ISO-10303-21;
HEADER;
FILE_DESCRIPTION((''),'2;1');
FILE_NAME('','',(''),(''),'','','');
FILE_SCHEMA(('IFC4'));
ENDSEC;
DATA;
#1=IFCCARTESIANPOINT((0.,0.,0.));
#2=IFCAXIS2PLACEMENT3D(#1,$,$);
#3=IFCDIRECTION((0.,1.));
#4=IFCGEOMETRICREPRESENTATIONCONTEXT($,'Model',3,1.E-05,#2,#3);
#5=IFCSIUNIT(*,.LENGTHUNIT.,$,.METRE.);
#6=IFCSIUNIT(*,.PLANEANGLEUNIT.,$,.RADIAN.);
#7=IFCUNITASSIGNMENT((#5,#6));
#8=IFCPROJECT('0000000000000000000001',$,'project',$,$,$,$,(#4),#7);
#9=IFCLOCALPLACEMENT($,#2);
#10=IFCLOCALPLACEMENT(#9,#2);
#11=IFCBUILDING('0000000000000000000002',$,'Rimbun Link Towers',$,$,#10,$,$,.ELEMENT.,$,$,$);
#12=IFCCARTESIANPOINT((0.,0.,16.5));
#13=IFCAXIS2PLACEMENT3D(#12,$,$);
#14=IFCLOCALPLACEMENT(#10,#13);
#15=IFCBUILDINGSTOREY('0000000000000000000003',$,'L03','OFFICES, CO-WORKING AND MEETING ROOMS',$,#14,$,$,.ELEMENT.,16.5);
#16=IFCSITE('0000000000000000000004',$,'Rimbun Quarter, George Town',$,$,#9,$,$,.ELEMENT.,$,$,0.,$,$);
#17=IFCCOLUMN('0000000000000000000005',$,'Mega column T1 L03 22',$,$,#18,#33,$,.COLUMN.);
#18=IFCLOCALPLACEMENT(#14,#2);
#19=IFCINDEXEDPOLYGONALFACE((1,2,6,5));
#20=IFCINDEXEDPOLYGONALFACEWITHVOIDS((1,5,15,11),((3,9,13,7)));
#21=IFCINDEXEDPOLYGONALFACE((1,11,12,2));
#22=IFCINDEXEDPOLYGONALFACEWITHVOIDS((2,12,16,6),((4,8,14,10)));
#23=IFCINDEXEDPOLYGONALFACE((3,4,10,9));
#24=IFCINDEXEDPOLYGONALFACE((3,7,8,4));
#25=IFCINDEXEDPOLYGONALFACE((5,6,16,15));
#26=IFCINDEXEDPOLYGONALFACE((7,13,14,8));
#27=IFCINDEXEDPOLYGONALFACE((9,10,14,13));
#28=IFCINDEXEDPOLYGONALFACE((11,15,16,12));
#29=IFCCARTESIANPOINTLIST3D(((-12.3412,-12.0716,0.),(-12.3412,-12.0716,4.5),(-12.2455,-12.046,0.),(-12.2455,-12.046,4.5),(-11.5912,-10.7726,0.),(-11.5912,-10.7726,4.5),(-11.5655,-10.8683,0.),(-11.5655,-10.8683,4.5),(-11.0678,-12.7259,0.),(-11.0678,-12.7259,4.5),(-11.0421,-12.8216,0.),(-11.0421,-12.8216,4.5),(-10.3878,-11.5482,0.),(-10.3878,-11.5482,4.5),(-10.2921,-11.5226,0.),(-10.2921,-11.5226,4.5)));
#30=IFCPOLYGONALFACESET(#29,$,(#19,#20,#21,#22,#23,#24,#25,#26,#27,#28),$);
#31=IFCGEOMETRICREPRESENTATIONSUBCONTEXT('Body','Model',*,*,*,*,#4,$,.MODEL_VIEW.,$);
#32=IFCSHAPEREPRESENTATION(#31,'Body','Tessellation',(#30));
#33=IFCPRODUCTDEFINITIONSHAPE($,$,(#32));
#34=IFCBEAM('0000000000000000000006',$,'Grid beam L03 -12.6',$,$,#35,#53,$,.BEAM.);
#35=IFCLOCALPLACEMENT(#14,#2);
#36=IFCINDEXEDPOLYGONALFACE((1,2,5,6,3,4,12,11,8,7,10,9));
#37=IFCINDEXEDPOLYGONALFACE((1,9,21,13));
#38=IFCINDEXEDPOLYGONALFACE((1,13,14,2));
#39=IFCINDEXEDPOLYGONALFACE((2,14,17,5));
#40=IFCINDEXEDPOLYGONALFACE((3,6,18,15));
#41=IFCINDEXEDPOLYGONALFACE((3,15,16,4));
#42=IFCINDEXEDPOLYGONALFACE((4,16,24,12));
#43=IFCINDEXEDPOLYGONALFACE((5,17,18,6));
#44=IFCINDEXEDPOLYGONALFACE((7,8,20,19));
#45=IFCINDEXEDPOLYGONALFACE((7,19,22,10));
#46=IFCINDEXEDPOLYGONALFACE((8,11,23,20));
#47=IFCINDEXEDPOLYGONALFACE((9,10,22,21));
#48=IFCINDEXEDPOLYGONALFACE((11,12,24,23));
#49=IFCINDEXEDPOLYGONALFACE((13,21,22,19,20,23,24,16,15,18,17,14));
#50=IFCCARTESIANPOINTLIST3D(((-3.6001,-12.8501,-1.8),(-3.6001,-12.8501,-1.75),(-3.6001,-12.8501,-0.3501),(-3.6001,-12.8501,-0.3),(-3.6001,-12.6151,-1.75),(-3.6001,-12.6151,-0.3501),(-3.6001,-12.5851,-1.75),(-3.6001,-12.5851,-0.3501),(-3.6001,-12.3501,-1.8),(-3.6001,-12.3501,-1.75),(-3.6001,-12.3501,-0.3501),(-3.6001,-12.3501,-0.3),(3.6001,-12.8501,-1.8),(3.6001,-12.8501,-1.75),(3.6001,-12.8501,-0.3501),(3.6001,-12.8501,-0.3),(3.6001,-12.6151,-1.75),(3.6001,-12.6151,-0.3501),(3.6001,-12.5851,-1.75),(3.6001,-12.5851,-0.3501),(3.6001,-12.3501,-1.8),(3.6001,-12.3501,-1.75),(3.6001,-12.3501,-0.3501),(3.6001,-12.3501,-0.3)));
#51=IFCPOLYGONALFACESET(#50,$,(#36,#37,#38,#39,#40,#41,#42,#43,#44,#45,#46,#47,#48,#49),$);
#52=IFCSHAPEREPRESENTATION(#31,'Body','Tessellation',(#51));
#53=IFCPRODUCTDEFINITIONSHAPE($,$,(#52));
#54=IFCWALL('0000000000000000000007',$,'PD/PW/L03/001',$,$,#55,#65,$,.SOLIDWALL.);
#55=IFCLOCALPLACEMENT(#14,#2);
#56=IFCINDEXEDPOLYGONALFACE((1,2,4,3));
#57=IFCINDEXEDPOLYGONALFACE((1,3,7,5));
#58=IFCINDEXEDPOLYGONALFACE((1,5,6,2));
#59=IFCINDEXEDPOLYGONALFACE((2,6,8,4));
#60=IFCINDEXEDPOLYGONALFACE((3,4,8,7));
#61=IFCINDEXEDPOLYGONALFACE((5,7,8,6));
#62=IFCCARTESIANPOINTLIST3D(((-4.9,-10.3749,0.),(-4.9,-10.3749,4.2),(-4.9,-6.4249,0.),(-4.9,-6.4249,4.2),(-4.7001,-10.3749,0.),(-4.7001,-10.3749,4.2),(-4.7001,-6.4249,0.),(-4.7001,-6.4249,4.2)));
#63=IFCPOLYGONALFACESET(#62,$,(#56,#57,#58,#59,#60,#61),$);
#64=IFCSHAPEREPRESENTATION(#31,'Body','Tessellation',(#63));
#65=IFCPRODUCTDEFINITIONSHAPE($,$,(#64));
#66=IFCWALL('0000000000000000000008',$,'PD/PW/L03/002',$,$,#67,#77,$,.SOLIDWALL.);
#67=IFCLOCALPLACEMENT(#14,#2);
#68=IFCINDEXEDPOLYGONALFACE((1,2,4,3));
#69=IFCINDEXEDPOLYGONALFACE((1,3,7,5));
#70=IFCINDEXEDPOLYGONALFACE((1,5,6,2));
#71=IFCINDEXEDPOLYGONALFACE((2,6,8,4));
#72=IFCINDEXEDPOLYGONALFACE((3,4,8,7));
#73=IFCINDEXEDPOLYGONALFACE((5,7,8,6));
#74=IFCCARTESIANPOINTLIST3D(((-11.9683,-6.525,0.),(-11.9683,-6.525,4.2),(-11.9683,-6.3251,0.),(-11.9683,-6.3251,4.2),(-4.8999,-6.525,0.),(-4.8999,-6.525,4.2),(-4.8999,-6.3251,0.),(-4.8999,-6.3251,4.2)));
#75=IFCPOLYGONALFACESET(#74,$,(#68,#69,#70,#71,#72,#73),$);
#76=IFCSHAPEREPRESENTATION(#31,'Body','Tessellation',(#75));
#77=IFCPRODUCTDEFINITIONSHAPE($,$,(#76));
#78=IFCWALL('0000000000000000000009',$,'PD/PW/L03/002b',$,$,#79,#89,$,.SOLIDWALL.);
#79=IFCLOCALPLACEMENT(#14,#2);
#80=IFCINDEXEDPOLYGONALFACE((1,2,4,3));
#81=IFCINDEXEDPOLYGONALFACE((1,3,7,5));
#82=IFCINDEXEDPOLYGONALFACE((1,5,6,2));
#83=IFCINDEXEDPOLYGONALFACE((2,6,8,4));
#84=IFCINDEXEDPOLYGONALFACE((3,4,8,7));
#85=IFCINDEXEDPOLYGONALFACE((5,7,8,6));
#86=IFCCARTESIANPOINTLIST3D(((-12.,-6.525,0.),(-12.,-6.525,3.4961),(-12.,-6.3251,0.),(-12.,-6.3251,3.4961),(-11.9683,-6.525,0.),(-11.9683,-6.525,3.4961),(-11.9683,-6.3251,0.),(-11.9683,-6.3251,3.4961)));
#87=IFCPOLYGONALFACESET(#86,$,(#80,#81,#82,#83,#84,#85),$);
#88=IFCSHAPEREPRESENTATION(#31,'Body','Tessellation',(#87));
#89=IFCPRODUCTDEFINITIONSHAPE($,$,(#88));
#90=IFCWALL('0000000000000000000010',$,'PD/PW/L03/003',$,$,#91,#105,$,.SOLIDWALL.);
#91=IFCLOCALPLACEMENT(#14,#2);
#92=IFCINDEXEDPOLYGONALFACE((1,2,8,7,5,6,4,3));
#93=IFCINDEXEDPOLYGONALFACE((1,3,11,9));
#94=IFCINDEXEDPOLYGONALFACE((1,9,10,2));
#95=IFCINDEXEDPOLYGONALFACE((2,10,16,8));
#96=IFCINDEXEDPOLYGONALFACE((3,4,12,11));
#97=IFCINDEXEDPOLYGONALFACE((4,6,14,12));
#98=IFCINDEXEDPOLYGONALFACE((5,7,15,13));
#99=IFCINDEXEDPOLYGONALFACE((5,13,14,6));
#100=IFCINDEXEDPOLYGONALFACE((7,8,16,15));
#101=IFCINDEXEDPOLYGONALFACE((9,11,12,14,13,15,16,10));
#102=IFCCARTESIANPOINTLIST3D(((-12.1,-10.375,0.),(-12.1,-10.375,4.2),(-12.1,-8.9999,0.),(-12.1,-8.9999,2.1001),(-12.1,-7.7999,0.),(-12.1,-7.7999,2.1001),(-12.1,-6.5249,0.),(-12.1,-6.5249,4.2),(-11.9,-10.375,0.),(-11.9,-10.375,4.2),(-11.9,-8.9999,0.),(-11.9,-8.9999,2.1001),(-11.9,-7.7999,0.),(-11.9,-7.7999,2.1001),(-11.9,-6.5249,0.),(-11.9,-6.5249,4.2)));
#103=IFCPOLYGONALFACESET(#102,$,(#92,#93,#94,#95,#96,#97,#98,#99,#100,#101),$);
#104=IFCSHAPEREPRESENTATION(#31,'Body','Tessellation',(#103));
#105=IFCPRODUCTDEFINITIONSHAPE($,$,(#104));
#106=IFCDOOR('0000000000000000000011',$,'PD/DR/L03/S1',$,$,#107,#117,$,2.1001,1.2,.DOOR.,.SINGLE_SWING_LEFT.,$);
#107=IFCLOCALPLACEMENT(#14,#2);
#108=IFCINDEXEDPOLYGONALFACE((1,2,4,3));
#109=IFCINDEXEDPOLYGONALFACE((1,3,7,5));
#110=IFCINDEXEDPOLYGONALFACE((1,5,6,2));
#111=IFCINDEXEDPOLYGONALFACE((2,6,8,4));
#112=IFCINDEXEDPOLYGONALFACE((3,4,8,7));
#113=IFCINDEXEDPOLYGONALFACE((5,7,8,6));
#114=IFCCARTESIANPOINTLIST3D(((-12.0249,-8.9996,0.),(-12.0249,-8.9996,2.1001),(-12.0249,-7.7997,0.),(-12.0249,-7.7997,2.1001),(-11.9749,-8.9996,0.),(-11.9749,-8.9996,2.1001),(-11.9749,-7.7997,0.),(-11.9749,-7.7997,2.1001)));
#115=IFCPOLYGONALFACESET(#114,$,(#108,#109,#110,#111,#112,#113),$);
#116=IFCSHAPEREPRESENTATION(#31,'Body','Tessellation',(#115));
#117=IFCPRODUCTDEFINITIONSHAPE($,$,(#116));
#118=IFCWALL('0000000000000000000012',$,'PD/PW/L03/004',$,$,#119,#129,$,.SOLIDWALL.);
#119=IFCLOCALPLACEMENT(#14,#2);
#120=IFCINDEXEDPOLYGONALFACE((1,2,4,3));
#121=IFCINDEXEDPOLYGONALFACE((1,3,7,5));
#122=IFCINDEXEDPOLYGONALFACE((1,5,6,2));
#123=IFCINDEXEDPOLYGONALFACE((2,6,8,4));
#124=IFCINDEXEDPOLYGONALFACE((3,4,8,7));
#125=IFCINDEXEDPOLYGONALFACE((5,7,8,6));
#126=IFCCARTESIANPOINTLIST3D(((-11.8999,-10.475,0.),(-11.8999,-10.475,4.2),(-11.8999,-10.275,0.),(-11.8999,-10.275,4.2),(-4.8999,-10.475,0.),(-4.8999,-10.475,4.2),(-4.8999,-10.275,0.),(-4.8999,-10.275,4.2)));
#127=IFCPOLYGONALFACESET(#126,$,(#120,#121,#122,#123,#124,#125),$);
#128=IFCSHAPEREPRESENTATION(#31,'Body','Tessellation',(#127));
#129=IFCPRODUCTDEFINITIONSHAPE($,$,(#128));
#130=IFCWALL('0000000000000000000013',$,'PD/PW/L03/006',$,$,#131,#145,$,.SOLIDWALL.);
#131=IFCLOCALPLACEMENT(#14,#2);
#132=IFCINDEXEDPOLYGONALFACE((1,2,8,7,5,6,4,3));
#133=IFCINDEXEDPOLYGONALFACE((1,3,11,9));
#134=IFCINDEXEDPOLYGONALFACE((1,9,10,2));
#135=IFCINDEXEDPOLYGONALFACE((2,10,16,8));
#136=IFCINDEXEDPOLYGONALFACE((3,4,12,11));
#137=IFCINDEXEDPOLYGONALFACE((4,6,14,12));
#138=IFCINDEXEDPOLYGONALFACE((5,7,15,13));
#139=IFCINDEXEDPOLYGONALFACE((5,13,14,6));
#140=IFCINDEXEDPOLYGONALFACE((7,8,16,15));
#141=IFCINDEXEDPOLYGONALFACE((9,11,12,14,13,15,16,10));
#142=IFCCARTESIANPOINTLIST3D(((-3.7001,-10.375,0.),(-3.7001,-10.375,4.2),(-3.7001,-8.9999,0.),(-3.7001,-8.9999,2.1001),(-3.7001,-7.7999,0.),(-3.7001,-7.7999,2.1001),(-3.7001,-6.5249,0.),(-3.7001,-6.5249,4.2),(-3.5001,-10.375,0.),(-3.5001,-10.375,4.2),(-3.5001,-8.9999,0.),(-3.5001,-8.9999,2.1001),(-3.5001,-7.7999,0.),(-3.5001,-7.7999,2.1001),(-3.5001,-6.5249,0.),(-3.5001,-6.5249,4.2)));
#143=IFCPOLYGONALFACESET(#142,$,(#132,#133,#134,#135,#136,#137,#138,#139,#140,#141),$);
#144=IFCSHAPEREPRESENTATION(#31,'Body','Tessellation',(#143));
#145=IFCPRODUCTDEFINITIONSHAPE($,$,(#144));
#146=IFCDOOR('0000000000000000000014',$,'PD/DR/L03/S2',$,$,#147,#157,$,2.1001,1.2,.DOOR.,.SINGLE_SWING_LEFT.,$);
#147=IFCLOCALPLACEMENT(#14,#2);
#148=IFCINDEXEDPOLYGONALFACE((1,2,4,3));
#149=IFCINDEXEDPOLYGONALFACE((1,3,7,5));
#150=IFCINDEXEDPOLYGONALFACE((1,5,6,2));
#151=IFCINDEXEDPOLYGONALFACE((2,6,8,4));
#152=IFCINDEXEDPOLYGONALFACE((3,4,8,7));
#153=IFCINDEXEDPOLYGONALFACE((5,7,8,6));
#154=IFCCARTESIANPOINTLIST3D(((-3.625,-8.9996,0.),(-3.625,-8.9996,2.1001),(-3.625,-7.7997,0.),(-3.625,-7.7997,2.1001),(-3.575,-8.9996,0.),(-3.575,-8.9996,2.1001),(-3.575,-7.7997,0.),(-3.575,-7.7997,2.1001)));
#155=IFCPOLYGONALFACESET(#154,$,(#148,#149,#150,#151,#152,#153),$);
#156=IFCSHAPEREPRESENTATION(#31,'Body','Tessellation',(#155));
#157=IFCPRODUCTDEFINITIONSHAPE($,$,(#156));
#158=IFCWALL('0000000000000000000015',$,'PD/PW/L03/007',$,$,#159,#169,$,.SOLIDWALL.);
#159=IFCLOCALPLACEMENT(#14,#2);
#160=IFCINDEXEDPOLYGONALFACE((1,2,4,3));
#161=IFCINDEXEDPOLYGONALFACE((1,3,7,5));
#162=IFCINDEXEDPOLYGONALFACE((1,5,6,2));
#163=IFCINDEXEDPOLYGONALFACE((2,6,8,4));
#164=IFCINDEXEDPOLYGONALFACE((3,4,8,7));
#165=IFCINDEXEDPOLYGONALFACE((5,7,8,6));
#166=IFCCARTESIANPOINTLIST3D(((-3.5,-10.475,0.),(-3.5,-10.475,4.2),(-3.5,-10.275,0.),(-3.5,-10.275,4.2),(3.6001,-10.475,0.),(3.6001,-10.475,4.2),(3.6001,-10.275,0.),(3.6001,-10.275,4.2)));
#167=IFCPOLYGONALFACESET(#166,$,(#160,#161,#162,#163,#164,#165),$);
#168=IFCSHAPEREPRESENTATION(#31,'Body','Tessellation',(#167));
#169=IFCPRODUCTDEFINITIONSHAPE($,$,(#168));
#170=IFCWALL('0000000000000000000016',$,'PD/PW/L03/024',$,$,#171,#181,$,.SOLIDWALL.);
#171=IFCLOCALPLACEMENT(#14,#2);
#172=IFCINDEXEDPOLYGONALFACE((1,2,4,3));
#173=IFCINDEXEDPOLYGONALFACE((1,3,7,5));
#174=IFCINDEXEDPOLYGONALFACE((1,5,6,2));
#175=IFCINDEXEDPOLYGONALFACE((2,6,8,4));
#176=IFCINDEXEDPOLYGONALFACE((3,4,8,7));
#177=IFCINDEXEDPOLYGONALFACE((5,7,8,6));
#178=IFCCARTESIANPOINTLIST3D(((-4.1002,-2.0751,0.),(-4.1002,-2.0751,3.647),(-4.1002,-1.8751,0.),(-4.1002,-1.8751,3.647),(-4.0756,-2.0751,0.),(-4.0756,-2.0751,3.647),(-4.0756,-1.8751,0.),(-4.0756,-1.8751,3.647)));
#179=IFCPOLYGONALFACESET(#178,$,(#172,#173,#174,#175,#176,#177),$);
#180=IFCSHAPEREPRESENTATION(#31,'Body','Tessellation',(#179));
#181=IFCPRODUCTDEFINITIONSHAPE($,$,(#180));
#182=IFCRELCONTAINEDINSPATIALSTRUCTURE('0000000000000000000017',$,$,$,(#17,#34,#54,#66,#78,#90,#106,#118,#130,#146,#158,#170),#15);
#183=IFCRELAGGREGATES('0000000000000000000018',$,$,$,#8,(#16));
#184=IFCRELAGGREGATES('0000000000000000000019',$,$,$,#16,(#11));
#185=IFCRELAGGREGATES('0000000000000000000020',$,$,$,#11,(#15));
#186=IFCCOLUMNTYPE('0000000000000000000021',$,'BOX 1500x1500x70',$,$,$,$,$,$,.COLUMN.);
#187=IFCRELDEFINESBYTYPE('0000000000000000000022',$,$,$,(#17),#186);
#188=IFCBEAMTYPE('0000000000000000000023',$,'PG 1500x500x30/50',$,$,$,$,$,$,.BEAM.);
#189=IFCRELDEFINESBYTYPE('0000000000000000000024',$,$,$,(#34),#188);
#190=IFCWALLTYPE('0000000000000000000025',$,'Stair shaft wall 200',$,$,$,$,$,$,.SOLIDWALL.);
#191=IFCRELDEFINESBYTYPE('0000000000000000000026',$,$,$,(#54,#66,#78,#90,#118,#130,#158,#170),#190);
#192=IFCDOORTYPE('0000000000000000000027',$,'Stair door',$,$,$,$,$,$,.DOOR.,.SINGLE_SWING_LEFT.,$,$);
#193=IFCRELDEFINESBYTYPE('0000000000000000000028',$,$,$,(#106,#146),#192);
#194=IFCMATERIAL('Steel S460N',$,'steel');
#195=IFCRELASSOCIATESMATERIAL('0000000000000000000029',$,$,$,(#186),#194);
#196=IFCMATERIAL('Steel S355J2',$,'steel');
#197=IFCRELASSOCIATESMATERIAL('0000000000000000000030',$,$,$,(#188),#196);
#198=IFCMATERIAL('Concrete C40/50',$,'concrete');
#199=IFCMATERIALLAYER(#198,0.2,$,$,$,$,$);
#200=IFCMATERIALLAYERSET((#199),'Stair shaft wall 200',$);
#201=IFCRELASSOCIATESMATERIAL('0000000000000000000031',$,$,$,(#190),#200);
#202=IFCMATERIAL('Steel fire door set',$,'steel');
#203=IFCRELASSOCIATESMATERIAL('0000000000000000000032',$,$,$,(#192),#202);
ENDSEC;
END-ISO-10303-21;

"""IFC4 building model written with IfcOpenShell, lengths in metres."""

from ifc_helpers import new_model, si_unit, direction, frame, frame_2d, origin, origin_2d, place, context, subcontext, project, spatial, rectangle, hollow_rectangle, i_section, extrude, material, layer, layer_set, material_profile, profile_set, type_object, element, fill, save


model = new_model("IFC4")

# Units and contexts
model_context = context("Model", 3, precision=1e-05, world=origin(), true_north=direction((0.0, 1.0)))
body_context = subcontext(model_context, "Body", "Model", "MODEL_VIEW")
ifc_project = project(units=[si_unit("LENGTHUNIT", "METRE"), si_unit("PLANEANGLEUNIT", "RADIAN")], contexts=[model_context])

# Site, building, storey
site_placement = place(None, origin())
site = spatial("IfcSite", under=ifc_project, at=site_placement, Name="Rimbun Quarter, George Town", CompositionType="ELEMENT", RefElevation=0.0)
building_placement = place(site_placement, origin())
building = spatial("IfcBuilding", under=site, at=building_placement, Name="Rimbun Link Towers", CompositionType="ELEMENT")
storey_placement = place(building_placement, frame((0.0, 0.0, 16.5)))
storey = spatial("IfcBuildingStorey", under=building, at=storey_placement, Name="L03", Description="OFFICES, CO-WORKING AND MEETING ROOMS", CompositionType="ELEMENT", Elevation=16.5)

# Column
ifc_material_1 = material(Name="Steel S460N", Category="steel")
ifc_material_profile_1 = material_profile(ifc_material_1, hollow_rectangle(XDim=1.5, YDim=1.5, WallThickness=0.0701, at=origin_2d()), Name="BOX 1500x1500x70")
ifc_profile_set_1 = profile_set([ifc_material_profile_1], Name="Steel S460N")
column_type = type_object("IfcColumnType", Name="BOX 1500x1500x70", PredefinedType="COLUMN", material=ifc_profile_set_1)
column_placement = place(storey_placement, frame((-11.3167, -11.7971, 0.0), z_axis=(0.0, 0.0, 1.0), x_axis=(0.866025, -0.5, 0.0)))
element("IfcColumn", 1, at=column_placement, inside=storey, type_object=column_type, Name="Mega column T1 L03 22", PredefinedType="COLUMN", context=body_context, shape_type="SweptSolid", body=[
    extrude(hollow_rectangle(XDim=1.5, YDim=1.5, WallThickness=0.0701, at=origin_2d()), origin(), (0.0, 0.0, 1.0), 4.5),
])

# Beam
ifc_material_2 = material(Name="Steel S355J2", Category="steel")
ifc_material_profile_2 = material_profile(ifc_material_2, i_section(OverallWidth=0.5, OverallDepth=1.5, WebThickness=0.03, FlangeThickness=0.05, at=origin_2d()), Name="PG 1500x500x30/50")
ifc_profile_set_2 = profile_set([ifc_material_profile_2], Name="Steel S355J2")
beam_type = type_object("IfcBeamType", Name="PG 1500x500x30/50", PredefinedType="BEAM", material=ifc_profile_set_2)
beam_placement = place(storey_placement, frame((-3.6001, -12.6001, -1.05), z_axis=(1.0, 0.0, 0.0), x_axis=(0.0, 1.0, 0.0)))
element("IfcBeam", 2, at=beam_placement, inside=storey, type_object=beam_type, Name="Grid beam L03 -12.6", PredefinedType="BEAM", context=body_context, shape_type="SweptSolid", body=[
    extrude(i_section(OverallWidth=0.5, OverallDepth=1.5, WebThickness=0.03, FlangeThickness=0.05, at=origin_2d()), origin(), (0.0, 0.0, 1.0), 7.2002),
])

# Walls
ifc_material_3 = material(Name="Concrete C40/50", Category="concrete")
ifc_layer = layer(ifc_material_3, 0.2)
ifc_layer_set = layer_set([ifc_layer], Name="Stair shaft wall 200")
wall_type = type_object("IfcWallType", Name="Stair shaft wall 200", PredefinedType="SOLIDWALL", material=ifc_layer_set)
wall_1_placement = place(storey_placement, frame((-4.8, -10.375, 0.0), z_axis=(0.0, 0.0, 1.0), x_axis=(0.0, 1.0, 0.0)))
element("IfcWall", 3, at=wall_1_placement, inside=storey, type_object=wall_type, Name="PD/PW/L03/001", PredefinedType="SOLIDWALL", context=body_context, shape_type="SweptSolid", body=[
    extrude(rectangle(XDim=3.95, YDim=0.2, at=frame_2d((1.9751, 0.0))), origin(), (0.0, 0.0, 1.0), 4.2),
])
wall_2_placement = place(storey_placement, frame((-4.8999, -6.425, 0.0), z_axis=(0.0, 0.0, 1.0), x_axis=(-1.0, 0.0, 0.0)))
element("IfcWall", 4, at=wall_2_placement, inside=storey, type_object=wall_type, Name="PD/PW/L03/002", PredefinedType="SOLIDWALL", context=body_context, shape_type="SweptSolid", body=[
    extrude(rectangle(XDim=7.0684, YDim=0.2, at=frame_2d((3.5342, 0.0))), origin(), (0.0, 0.0, 1.0), 4.2),
])
wall_3_placement = place(storey_placement, frame((-11.9683, -6.425, 0.0), z_axis=(0.0, 0.0, 1.0), x_axis=(-1.0, 0.0, 0.0)))
element("IfcWall", 5, at=wall_3_placement, inside=storey, type_object=wall_type, Name="PD/PW/L03/002b", PredefinedType="SOLIDWALL", context=body_context, shape_type="SweptSolid", body=[
    extrude(rectangle(XDim=0.0317, YDim=0.2, at=frame_2d((0.0159, 0.0))), origin(), (0.0, 0.0, 1.0), 3.4961),
])

# Wall, opening, door
wall_4_placement = place(storey_placement, frame((-12.0, -6.5249, 0.0), z_axis=(0.0, 0.0, 1.0), x_axis=(0.0, -1.0, 0.0)))
wall_4 = element("IfcWall", 6, at=wall_4_placement, inside=storey, type_object=wall_type, Name="PD/PW/L03/003", PredefinedType="SOLIDWALL", context=body_context, shape_type="SweptSolid", body=[
    extrude(rectangle(XDim=3.8501, YDim=0.2, at=frame_2d((1.925, 0.0))), origin(), (0.0, 0.0, 1.0), 4.2),
])
opening_1_placement = place(wall_4_placement, frame((1.2749, 0.0, 0.0)))
opening_1 = element("IfcOpeningElement", 7, at=opening_1_placement, cuts=wall_4, PredefinedType="OPENING", context=body_context, shape_type="SweptSolid", body=[
    extrude(rectangle(XDim=1.2, YDim=2.1001, at=frame_2d((0.6001, 1.05))), frame((0.0, 0.1099, 0.0), z_axis=(0.0, -1.0, 0.0), x_axis=(1.0, 0.0, 0.0)), (0.0, 0.0, 1.0), 0.22),
])
ifc_material_4 = material(Name="Steel fire door set", Category="steel")
door_type = type_object("IfcDoorType", Name="Stair door", OperationType="SINGLE_SWING_LEFT", PredefinedType="DOOR", material=ifc_material_4)
door_1_placement = place(opening_1_placement, frame((1.2, 0.0, 0.0), z_axis=(0.0, 0.0, 1.0), x_axis=(-1.0, 0.0, 0.0)))
door_1 = element("IfcDoor", 8, at=door_1_placement, inside=storey, type_object=door_type, Name="PD/DR/L03/S1", OperationType="SINGLE_SWING_LEFT", OverallHeight=2.1001, OverallWidth=1.2, PredefinedType="DOOR", context=body_context, shape_type="SweptSolid", body=[
    extrude(rectangle(XDim=1.2, YDim=2.1001, at=frame_2d((0.6001, 1.05))), frame((0.0, 0.0249, 0.0), z_axis=(0.0, -1.0, 0.0), x_axis=(1.0, 0.0, 0.0)), (0.0, 0.0, 1.0), 0.05),
])
fill(opening_1, door_1)

# Wall
wall_5_placement = place(storey_placement, frame((-11.8999, -10.375, 0.0), z_axis=(0.0, 0.0, 1.0), x_axis=(1.0, 0.0, 0.0)))
element("IfcWall", 9, at=wall_5_placement, inside=storey, type_object=wall_type, Name="PD/PW/L03/004", PredefinedType="SOLIDWALL", context=body_context, shape_type="SweptSolid", body=[
    extrude(rectangle(XDim=7.0, YDim=0.2, at=frame_2d((3.5, 0.0))), origin(), (0.0, 0.0, 1.0), 4.2),
])

# Wall, opening, door
wall_6_placement = place(storey_placement, frame((-3.6001, -6.5249, 0.0), z_axis=(0.0, 0.0, 1.0), x_axis=(0.0, -1.0, 0.0)))
wall_6 = element("IfcWall", 10, at=wall_6_placement, inside=storey, type_object=wall_type, Name="PD/PW/L03/006", PredefinedType="SOLIDWALL", context=body_context, shape_type="SweptSolid", body=[
    extrude(rectangle(XDim=3.8501, YDim=0.2, at=frame_2d((1.925, 0.0))), origin(), (0.0, 0.0, 1.0), 4.2),
])
opening_2_placement = place(wall_6_placement, frame((1.2749, 0.0, 0.0)))
opening_2 = element("IfcOpeningElement", 11, at=opening_2_placement, cuts=wall_6, PredefinedType="OPENING", context=body_context, shape_type="SweptSolid", body=[
    extrude(rectangle(XDim=1.2, YDim=2.1001, at=frame_2d((0.6001, 1.05))), frame((0.0, 0.1099, 0.0), z_axis=(0.0, -1.0, 0.0), x_axis=(1.0, 0.0, 0.0)), (0.0, 0.0, 1.0), 0.22),
])
door_2_placement = place(opening_2_placement, frame((1.2, 0.0, 0.0), z_axis=(0.0, 0.0, 1.0), x_axis=(-1.0, 0.0, 0.0)))
door_2 = element("IfcDoor", 12, at=door_2_placement, inside=storey, type_object=door_type, Name="PD/DR/L03/S2", OperationType="SINGLE_SWING_LEFT", OverallHeight=2.1001, OverallWidth=1.2, PredefinedType="DOOR", context=body_context, shape_type="SweptSolid", body=[
    extrude(rectangle(XDim=1.2, YDim=2.1001, at=frame_2d((0.6001, 1.05))), frame((0.0, 0.0249, 0.0), z_axis=(0.0, -1.0, 0.0), x_axis=(1.0, 0.0, 0.0)), (0.0, 0.0, 1.0), 0.05),
])
fill(opening_2, door_2)

# Walls
wall_7_placement = place(storey_placement, frame((-3.5, -10.375, 0.0), z_axis=(0.0, 0.0, 1.0), x_axis=(1.0, 0.0, 0.0)))
element("IfcWall", 13, at=wall_7_placement, inside=storey, type_object=wall_type, Name="PD/PW/L03/007", PredefinedType="SOLIDWALL", context=body_context, shape_type="SweptSolid", body=[
    extrude(rectangle(XDim=7.1001, YDim=0.2, at=frame_2d((3.55, 0.0))), origin(), (0.0, 0.0, 1.0), 4.2),
])
wall_8_placement = place(storey_placement, frame((-4.1001, -1.9751, 0.0), z_axis=(0.0, 0.0, 1.0), x_axis=(1.0, 0.0, 0.0)))
element("IfcWall", 14, at=wall_8_placement, inside=storey, type_object=wall_type, Name="PD/PW/L03/024", PredefinedType="SOLIDWALL", context=body_context, shape_type="SweptSolid", body=[
    extrude(rectangle(XDim=0.0247, YDim=0.2, at=frame_2d((0.0122, 0.0))), origin(), (0.0, 0.0, 1.0), 3.647),
])

save(model, "model.ifc")
